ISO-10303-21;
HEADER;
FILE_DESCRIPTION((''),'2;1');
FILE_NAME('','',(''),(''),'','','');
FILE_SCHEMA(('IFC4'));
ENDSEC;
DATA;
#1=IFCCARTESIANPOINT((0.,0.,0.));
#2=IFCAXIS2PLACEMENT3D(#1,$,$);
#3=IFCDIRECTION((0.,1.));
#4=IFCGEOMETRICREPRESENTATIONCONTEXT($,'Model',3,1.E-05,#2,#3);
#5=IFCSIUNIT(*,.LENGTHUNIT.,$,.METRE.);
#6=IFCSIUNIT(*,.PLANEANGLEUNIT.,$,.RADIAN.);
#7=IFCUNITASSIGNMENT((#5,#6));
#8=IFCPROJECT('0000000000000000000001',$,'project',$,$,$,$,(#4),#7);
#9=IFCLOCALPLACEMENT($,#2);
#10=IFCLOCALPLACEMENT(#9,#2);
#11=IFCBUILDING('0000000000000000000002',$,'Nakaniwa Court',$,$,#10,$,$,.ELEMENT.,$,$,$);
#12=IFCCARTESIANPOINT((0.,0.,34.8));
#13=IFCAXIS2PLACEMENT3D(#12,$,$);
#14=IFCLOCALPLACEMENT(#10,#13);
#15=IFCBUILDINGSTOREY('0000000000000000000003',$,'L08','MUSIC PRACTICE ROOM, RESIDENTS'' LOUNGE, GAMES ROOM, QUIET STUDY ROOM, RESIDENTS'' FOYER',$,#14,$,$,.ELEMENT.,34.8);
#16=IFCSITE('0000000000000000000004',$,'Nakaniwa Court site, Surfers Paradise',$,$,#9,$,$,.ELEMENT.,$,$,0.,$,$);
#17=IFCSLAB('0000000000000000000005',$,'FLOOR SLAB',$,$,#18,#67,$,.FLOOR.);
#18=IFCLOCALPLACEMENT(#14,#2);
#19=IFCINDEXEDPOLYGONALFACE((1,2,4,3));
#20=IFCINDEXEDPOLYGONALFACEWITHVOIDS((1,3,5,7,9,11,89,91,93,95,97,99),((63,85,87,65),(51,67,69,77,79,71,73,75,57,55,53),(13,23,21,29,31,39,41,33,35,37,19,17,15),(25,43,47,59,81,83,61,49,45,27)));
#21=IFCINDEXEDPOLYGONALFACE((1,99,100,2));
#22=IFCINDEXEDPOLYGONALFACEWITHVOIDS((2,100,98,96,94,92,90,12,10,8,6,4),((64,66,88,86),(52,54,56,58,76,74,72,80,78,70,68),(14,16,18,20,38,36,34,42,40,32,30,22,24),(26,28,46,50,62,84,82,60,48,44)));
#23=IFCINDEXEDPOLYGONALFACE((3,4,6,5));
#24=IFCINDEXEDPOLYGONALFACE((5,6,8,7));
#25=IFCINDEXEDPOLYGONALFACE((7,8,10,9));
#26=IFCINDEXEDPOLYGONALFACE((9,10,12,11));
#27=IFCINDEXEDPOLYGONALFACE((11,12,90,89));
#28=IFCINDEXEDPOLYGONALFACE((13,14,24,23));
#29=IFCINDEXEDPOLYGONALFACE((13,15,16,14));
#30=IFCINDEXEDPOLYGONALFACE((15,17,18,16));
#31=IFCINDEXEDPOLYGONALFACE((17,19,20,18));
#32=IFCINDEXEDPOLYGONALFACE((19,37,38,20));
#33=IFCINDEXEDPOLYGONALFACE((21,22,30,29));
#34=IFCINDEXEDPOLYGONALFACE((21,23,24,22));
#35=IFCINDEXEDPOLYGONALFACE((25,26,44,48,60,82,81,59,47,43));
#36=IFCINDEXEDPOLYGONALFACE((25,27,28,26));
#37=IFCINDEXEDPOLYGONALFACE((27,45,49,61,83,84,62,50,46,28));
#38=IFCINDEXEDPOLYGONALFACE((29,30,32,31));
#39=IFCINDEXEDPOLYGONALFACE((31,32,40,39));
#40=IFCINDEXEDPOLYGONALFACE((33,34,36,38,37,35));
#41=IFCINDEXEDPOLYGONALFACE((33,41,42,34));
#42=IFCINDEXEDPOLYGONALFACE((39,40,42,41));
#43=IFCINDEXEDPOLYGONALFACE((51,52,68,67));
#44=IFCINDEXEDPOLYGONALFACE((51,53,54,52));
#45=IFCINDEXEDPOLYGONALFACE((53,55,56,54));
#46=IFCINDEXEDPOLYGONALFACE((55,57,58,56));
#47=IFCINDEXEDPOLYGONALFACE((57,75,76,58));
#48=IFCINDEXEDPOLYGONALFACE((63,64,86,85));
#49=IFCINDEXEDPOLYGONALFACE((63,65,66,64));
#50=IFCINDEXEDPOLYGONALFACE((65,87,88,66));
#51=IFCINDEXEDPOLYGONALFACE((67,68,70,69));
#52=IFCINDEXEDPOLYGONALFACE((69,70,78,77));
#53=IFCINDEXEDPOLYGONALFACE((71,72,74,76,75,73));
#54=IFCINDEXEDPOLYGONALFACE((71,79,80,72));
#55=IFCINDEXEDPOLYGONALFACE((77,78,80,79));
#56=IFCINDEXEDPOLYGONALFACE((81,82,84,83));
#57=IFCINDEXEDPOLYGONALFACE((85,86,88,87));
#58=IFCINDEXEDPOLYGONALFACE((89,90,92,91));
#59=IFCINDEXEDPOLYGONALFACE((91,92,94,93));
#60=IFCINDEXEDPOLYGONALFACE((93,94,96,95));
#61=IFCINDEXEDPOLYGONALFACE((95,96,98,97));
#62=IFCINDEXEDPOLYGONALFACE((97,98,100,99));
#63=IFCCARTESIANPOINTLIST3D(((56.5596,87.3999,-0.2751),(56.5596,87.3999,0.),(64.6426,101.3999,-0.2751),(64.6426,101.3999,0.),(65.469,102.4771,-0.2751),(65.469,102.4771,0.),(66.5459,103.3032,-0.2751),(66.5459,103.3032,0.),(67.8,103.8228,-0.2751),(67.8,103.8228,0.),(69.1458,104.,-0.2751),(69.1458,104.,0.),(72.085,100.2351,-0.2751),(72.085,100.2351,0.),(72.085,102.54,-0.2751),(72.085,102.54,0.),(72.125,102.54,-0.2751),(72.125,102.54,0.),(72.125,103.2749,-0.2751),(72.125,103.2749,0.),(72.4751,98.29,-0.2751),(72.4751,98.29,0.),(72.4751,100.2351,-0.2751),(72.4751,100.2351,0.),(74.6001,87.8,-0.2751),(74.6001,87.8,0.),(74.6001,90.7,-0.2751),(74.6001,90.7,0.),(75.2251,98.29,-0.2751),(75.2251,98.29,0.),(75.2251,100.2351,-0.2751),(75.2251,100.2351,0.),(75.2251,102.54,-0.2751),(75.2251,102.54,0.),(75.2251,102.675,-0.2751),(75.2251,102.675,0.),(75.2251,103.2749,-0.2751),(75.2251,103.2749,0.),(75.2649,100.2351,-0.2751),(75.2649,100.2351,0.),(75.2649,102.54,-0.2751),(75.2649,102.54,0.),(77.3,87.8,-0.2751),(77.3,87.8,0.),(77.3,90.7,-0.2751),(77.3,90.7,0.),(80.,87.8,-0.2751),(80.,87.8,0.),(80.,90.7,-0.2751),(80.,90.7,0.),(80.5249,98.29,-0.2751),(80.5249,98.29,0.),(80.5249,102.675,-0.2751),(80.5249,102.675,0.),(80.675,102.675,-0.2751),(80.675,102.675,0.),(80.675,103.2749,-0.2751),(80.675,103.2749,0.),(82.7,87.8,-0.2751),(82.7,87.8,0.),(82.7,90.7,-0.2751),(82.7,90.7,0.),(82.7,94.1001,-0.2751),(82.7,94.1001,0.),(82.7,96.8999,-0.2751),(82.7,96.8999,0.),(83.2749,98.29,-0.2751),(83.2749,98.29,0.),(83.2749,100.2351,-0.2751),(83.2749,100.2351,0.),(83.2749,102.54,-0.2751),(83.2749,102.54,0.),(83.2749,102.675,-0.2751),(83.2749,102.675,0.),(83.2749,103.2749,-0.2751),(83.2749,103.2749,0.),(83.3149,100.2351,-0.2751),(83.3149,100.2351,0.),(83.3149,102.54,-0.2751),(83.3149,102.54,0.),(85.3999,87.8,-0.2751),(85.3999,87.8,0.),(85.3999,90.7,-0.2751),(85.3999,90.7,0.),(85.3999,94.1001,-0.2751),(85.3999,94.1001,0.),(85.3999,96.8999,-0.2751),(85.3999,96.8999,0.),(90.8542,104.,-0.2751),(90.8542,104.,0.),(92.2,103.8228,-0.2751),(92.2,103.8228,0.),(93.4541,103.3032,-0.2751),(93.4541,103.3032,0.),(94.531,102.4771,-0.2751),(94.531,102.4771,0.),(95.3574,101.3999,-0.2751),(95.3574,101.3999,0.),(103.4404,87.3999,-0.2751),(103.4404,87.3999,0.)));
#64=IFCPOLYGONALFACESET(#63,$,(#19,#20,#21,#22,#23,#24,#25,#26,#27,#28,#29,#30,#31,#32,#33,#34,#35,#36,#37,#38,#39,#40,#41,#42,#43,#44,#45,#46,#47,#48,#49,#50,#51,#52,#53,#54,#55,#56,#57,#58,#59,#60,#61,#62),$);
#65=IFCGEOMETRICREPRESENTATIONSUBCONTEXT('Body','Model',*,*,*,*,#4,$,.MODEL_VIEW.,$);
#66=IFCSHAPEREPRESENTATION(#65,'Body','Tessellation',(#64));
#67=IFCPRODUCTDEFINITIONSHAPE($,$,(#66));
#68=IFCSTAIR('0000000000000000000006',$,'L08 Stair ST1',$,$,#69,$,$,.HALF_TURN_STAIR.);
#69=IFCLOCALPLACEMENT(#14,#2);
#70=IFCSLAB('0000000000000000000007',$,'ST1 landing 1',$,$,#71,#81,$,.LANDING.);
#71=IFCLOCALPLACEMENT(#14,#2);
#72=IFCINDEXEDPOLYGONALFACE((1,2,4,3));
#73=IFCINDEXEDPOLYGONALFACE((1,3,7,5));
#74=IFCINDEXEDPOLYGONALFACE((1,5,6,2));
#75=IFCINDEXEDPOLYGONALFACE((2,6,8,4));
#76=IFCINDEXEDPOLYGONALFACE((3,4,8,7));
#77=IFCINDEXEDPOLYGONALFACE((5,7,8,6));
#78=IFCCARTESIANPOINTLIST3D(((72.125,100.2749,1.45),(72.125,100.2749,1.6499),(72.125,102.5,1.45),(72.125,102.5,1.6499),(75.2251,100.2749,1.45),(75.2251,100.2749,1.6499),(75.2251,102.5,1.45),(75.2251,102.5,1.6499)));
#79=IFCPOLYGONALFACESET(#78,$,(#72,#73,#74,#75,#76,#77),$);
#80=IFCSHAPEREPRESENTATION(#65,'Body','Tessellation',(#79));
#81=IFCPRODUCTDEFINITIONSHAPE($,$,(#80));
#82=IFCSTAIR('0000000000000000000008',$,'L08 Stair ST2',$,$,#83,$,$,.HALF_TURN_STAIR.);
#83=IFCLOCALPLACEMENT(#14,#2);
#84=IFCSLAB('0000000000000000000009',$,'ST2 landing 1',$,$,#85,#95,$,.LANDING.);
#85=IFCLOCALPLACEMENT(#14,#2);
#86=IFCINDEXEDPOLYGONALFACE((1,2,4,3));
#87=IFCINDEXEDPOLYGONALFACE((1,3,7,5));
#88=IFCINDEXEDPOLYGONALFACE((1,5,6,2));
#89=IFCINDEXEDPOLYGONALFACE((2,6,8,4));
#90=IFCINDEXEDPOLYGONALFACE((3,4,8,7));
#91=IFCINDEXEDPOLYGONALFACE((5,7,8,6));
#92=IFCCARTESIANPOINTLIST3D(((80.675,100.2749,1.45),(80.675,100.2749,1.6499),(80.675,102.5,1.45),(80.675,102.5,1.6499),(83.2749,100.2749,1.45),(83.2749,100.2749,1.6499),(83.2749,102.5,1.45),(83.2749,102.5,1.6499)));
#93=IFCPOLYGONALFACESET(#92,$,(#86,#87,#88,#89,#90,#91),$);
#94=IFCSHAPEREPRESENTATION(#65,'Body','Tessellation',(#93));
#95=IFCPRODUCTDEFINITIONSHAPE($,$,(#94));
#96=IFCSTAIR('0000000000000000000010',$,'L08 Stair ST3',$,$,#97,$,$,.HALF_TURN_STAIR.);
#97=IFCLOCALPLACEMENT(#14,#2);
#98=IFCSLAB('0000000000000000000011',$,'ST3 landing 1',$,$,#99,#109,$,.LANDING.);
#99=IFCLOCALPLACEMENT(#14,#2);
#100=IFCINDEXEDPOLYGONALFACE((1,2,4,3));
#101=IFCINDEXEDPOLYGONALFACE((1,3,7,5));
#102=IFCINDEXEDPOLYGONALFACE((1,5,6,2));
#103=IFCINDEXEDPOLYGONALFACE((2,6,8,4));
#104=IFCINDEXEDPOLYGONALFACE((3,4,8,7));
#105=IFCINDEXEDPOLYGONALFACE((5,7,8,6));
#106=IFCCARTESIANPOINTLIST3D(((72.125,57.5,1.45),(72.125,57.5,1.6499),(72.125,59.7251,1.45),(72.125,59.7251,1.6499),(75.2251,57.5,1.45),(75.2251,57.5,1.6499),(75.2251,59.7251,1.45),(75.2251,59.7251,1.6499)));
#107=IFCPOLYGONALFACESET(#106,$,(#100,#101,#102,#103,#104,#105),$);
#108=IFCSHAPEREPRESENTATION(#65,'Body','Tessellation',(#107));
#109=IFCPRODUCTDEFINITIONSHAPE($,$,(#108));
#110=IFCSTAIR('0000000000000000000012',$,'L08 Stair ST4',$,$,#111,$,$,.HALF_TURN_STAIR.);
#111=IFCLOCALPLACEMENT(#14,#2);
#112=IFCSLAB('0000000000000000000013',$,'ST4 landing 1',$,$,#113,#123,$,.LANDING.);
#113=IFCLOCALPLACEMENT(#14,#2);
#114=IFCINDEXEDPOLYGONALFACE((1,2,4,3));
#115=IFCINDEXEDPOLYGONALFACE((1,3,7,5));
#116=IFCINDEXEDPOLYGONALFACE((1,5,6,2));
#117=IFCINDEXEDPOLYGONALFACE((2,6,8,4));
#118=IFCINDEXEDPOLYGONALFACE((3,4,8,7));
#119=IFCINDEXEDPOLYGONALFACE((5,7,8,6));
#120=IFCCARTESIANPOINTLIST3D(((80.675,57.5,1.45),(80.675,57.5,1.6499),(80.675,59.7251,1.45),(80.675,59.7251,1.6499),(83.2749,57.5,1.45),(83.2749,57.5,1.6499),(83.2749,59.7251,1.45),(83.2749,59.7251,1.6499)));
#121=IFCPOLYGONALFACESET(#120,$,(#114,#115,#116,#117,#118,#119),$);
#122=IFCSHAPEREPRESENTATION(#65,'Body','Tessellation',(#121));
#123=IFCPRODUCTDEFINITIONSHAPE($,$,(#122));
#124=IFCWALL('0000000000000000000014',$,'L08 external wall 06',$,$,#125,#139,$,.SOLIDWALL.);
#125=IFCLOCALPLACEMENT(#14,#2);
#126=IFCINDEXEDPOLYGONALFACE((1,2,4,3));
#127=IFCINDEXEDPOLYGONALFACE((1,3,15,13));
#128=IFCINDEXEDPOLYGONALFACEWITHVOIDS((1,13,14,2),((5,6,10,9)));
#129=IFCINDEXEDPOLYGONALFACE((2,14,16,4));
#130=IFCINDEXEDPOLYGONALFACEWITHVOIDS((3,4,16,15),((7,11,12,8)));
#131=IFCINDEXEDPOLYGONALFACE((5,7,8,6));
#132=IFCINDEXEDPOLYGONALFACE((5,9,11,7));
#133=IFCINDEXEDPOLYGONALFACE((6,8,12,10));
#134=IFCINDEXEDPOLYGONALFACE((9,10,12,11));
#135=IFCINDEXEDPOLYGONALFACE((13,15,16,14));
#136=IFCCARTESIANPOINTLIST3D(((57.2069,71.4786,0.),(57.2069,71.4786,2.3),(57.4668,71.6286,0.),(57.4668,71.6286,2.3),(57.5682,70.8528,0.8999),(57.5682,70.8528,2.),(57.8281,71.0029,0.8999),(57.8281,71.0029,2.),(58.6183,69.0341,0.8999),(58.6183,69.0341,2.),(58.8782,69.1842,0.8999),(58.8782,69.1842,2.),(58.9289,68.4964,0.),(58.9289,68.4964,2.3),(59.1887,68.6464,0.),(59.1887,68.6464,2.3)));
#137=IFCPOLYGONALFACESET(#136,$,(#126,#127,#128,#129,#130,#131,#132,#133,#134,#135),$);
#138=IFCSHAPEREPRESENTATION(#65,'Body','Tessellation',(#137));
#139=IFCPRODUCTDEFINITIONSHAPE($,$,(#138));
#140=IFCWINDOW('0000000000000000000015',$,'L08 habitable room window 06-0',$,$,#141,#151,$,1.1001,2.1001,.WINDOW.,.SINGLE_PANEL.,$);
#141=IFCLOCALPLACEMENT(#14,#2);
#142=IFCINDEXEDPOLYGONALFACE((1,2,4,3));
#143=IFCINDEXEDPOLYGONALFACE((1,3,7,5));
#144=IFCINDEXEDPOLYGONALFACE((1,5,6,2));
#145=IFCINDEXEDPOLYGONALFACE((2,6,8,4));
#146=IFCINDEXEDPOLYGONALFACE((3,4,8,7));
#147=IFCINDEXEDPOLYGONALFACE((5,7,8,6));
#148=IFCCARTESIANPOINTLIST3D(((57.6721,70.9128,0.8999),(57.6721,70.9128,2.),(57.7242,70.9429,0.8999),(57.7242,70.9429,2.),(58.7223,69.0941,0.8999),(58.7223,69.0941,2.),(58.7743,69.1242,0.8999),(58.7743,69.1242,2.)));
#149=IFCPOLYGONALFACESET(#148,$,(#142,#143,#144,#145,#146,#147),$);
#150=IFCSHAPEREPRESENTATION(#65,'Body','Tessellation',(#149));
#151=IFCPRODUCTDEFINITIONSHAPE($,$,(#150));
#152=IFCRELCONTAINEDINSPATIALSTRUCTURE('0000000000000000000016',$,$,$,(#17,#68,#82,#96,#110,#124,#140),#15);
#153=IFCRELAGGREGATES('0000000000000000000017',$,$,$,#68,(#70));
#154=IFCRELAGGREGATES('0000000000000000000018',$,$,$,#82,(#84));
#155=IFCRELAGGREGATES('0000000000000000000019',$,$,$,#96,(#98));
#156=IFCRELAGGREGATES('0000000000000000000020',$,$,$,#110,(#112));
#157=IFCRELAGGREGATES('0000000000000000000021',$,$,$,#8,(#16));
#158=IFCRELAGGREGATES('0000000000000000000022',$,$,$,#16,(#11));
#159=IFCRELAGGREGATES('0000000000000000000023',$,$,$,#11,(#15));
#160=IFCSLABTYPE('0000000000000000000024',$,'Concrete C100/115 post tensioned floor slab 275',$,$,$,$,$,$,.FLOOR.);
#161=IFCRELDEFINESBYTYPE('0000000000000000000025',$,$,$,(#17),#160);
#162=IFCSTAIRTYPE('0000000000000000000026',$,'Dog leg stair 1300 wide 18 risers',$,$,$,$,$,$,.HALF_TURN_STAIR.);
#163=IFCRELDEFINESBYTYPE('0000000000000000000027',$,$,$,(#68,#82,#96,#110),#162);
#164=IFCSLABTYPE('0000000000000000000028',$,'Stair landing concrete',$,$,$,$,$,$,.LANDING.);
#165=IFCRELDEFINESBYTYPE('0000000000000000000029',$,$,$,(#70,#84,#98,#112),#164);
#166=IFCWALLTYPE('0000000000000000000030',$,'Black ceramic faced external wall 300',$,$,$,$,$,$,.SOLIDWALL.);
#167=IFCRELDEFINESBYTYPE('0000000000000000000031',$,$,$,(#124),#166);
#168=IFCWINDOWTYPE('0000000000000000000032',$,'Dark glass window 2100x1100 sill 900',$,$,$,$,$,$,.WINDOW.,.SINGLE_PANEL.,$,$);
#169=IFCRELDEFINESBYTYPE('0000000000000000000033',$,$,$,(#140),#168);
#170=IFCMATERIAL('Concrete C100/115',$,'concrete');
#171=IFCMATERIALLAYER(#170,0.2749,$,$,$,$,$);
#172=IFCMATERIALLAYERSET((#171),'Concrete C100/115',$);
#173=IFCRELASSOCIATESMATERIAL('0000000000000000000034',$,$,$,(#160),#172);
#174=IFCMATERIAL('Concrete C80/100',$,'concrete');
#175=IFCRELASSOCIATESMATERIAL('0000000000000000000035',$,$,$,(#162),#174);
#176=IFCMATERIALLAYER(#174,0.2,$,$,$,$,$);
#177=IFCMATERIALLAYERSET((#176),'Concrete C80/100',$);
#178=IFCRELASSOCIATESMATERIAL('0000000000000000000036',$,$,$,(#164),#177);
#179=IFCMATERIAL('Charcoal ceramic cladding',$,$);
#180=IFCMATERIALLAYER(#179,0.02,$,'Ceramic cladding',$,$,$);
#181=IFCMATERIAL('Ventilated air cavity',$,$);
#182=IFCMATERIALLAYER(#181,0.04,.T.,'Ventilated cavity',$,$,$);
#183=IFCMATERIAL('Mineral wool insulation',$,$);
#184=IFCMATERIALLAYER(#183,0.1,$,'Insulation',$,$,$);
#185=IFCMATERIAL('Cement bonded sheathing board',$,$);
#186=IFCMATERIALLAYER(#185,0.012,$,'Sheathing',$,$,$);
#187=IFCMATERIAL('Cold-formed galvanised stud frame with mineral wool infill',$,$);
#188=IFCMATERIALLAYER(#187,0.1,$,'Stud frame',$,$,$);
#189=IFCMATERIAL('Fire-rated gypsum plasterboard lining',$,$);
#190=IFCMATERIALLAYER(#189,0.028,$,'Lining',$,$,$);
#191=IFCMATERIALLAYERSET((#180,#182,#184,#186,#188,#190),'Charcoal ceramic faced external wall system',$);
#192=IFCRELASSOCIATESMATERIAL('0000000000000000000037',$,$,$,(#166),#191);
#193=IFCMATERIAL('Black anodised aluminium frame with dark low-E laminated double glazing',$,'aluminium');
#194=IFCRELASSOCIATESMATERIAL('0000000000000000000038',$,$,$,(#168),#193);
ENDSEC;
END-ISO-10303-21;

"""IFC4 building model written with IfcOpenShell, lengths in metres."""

from ifc_helpers import new_model, si_unit, direction, frame, frame_2d, origin, place, context, subcontext, project, spatial, polyline, rectangle, outline, extrude, material, layer, layer_set, type_object, element, fill, aggregate, save


model = new_model("IFC4")

# Units and contexts
model_context = context("Model", 3, precision=1e-05, world=origin(), true_north=direction((0.0, 1.0)))
body_context = subcontext(model_context, "Body", "Model", "MODEL_VIEW")
ifc_project = project(units=[si_unit("LENGTHUNIT", "METRE"), si_unit("PLANEANGLEUNIT", "RADIAN")], contexts=[model_context])

# Site, building, storey
site_placement = place(None, origin())
site = spatial("IfcSite", under=ifc_project, at=site_placement, Name="Nakaniwa Court site, Surfers Paradise", CompositionType="ELEMENT", RefElevation=0.0)
building_placement = place(site_placement, origin())
building = spatial("IfcBuilding", under=site, at=building_placement, Name="Nakaniwa Court", CompositionType="ELEMENT")
storey_placement = place(building_placement, frame((0.0, 0.0, 34.8)))
storey = spatial("IfcBuildingStorey", under=building, at=storey_placement, Name="L08", Description="MUSIC PRACTICE ROOM, RESIDENTS' LOUNGE, GAMES ROOM, QUIET STUDY ROOM, RESIDENTS' FOYER", CompositionType="ELEMENT", Elevation=34.8)

# Shared definitions
ifc_material_1 = material(Name="Concrete C100/115", Category="concrete")

# Slab
ifc_layer_1 = layer(ifc_material_1, 0.2749)
ifc_layer_set_1 = layer_set([ifc_layer_1], Name="Concrete C100/115")
slab_type_1 = type_object("IfcSlabType", Name="Concrete C100/115 post tensioned floor slab 275", PredefinedType="FLOOR", material=ifc_layer_set_1)
slab_1_placement = place(storey_placement, frame((0.0, 0.0, -0.2751)))
element("IfcSlab", 1, at=slab_1_placement, inside=storey, type_object=slab_type_1, Name="FLOOR SLAB", PredefinedType="FLOOR", context=body_context, shape_type="SweptSolid", body=[
    extrude(outline(polyline([(64.6426, 101.3999), (56.5596, 87.3999), (103.4404, 87.3999), (95.3574, 101.3999), (94.531, 102.4771), (93.4541, 103.3032), (92.2, 103.8228), (90.8542, 104.0), (69.1458, 104.0), (67.8, 103.8228), (66.5459, 103.3032), (65.469, 102.4771), (64.6426, 101.3999)]), holes=[polyline([(74.6001, 87.8), (77.3, 87.8), (80.0, 87.8), (82.7, 87.8), (85.3999, 87.8), (85.3999, 90.7), (82.7, 90.7), (80.0, 90.7), (77.3, 90.7), (74.6001, 90.7), (74.6001, 87.8)]), polyline([(75.2251, 98.29), (75.2251, 100.2351), (75.2649, 100.2351), (75.2649, 102.54), (75.2251, 102.54), (75.2251, 102.675), (75.2251, 103.2749), (72.125, 103.2749), (72.125, 102.54), (72.085, 102.54), (72.085, 100.2351), (72.4751, 100.2351), (72.4751, 98.29), (75.2251, 98.29)]), polyline([(82.7, 94.1001), (85.3999, 94.1001), (85.3999, 96.8999), (82.7, 96.8999), (82.7, 94.1001)]), polyline([(80.5249, 98.29), (83.2749, 98.29), (83.2749, 100.2351), (83.3149, 100.2351), (83.3149, 102.54), (83.2749, 102.54), (83.2749, 102.675), (83.2749, 103.2749), (80.675, 103.2749), (80.675, 102.675), (80.5249, 102.675), (80.5249, 98.29)])]), origin(), (0.0, 0.0, 1.0), 0.2751),
])

# Stairs, slabs
ifc_material_2 = material(Name="Concrete C80/100", Category="concrete")
stair_type = type_object("IfcStairType", Name="Dog leg stair 1300 wide 18 risers", PredefinedType="HALF_TURN_STAIR", material=ifc_material_2)
stair_1_placement = place(storey_placement, origin())
stair_1 = element("IfcStair", 2, at=stair_1_placement, inside=storey, type_object=stair_type, Name="L08 Stair ST1", PredefinedType="HALF_TURN_STAIR")
ifc_layer_2 = layer(ifc_material_2, 0.2)
ifc_layer_set_2 = layer_set([ifc_layer_2], Name="Concrete C80/100")
slab_type_2 = type_object("IfcSlabType", Name="Stair landing concrete", PredefinedType="LANDING", material=ifc_layer_set_2)
slab_2_placement = place(storey_placement, frame((0.0, 0.0, 1.45)))
slab_2 = element("IfcSlab", 3, at=slab_2_placement, type_object=slab_type_2, Name="ST1 landing 1", PredefinedType="LANDING", context=body_context, shape_type="SweptSolid", body=[
    extrude(outline(polyline([(75.2251, 100.2749), (75.2251, 102.5), (72.125, 102.5), (72.125, 100.2749), (75.2251, 100.2749)])), origin(), (0.0, 0.0, 1.0), 0.2),
])
aggregate(stair_1, [slab_2])
stair_2_placement = place(storey_placement, origin())
stair_2 = element("IfcStair", 4, at=stair_2_placement, inside=storey, type_object=stair_type, Name="L08 Stair ST2", PredefinedType="HALF_TURN_STAIR")
slab_3_placement = place(storey_placement, frame((0.0, 0.0, 1.45)))
slab_3 = element("IfcSlab", 5, at=slab_3_placement, type_object=slab_type_2, Name="ST2 landing 1", PredefinedType="LANDING", context=body_context, shape_type="SweptSolid", body=[
    extrude(outline(polyline([(83.2749, 100.2749), (83.2749, 102.5), (80.675, 102.5), (80.675, 100.2749), (83.2749, 100.2749)])), origin(), (0.0, 0.0, 1.0), 0.2),
])
aggregate(stair_2, [slab_3])
stair_3_placement = place(storey_placement, origin())
stair_3 = element("IfcStair", 6, at=stair_3_placement, inside=storey, type_object=stair_type, Name="L08 Stair ST3", PredefinedType="HALF_TURN_STAIR")
slab_4_placement = place(storey_placement, frame((0.0, 0.0, 1.45)))
slab_4 = element("IfcSlab", 7, at=slab_4_placement, type_object=slab_type_2, Name="ST3 landing 1", PredefinedType="LANDING", context=body_context, shape_type="SweptSolid", body=[
    extrude(outline(polyline([(75.2251, 57.5), (75.2251, 59.7251), (72.125, 59.7251), (72.125, 57.5), (75.2251, 57.5)])), origin(), (0.0, 0.0, 1.0), 0.2),
])
aggregate(stair_3, [slab_4])
stair_4_placement = place(storey_placement, origin())
stair_4 = element("IfcStair", 8, at=stair_4_placement, inside=storey, type_object=stair_type, Name="L08 Stair ST4", PredefinedType="HALF_TURN_STAIR")
slab_5_placement = place(storey_placement, frame((0.0, 0.0, 1.45)))
slab_5 = element("IfcSlab", 9, at=slab_5_placement, type_object=slab_type_2, Name="ST4 landing 1", PredefinedType="LANDING", context=body_context, shape_type="SweptSolid", body=[
    extrude(outline(polyline([(83.2749, 57.5), (83.2749, 59.7251), (80.675, 59.7251), (80.675, 57.5), (83.2749, 57.5)])), origin(), (0.0, 0.0, 1.0), 0.2),
])
aggregate(stair_4, [slab_5])

# Wall, opening, window
ifc_material_3 = material(Name="Charcoal ceramic cladding")
ifc_layer_3 = layer(ifc_material_3, 0.02, Name="Ceramic cladding")
ifc_material_4 = material(Name="Ventilated air cavity")
ifc_layer_4 = layer(ifc_material_4, 0.04, ventilated=True, Name="Ventilated cavity")
ifc_material_5 = material(Name="Mineral wool insulation")
ifc_layer_5 = layer(ifc_material_5, 0.1, Name="Insulation")
ifc_material_6 = material(Name="Cement bonded sheathing board")
ifc_layer_6 = layer(ifc_material_6, 0.012, Name="Sheathing")
ifc_material_7 = material(Name="Cold-formed galvanised stud frame with mineral wool infill")
ifc_layer_7 = layer(ifc_material_7, 0.1, Name="Stud frame")
ifc_material_8 = material(Name="Fire-rated gypsum plasterboard lining")
ifc_layer_8 = layer(ifc_material_8, 0.028, Name="Lining")
ifc_layer_set_3 = layer_set([ifc_layer_3, ifc_layer_4, ifc_layer_5, ifc_layer_6, ifc_layer_7, ifc_layer_8], Name="Charcoal ceramic faced external wall system")
wall_type = type_object("IfcWallType", Name="Black ceramic faced external wall 300", PredefinedType="SOLIDWALL", material=ifc_layer_set_3)
wall_1_placement = place(storey_placement, frame((57.3369, 71.5535, 0.0), z_axis=(0.0, 0.0, 1.0), x_axis=(0.500035, -0.866005, 0.0)))
wall_1 = element("IfcWall", 10, at=wall_1_placement, inside=storey, type_object=wall_type, Name="L08 external wall 06", PredefinedType="SOLIDWALL", context=body_context, shape_type="SweptSolid", body=[
    extrude(rectangle(XDim=3.4436, YDim=0.3, at=frame_2d((1.7217, 0.0))), origin(), (0.0, 0.0, 1.0), 2.3),
])
opening_1_placement = place(wall_1_placement, frame((0.7224, 0.0, 0.8999)))
opening_1 = element("IfcOpeningElement", 11, at=opening_1_placement, cuts=wall_1, PredefinedType="OPENING", context=body_context, shape_type="SweptSolid", body=[
    extrude(rectangle(XDim=2.1001, YDim=1.1001, at=frame_2d((1.05, 0.55))), frame((0.0, 0.1599, 0.0), z_axis=(0.0, -1.0, 0.0), x_axis=(1.0, 0.0, 0.0)), (0.0, 0.0, 1.0), 0.3201),
])
ifc_material_9 = material(Name="Black anodised aluminium frame with dark low-E laminated double glazing", Category="aluminium")
window_type_1 = type_object("IfcWindowType", Name="Dark glass window 2100x1100 sill 900", PartitioningType="SINGLE_PANEL", PredefinedType="WINDOW", material=ifc_material_9)
window_1_placement = place(opening_1_placement, origin())
window_1 = element("IfcWindow", 12, at=window_1_placement, inside=storey, type_object=window_type_1, Name="L08 habitable room window 06-0", OverallHeight=1.1001, OverallWidth=2.1001, PartitioningType="SINGLE_PANEL", PredefinedType="WINDOW", context=body_context, shape_type="SweptSolid", body=[
    extrude(rectangle(XDim=2.1001, YDim=1.1001, at=frame_2d((1.05, 0.55))), frame((0.0, 0.03, 0.0), z_axis=(0.0, -1.0, 0.0), x_axis=(1.0, 0.0, 0.0)), (0.0, 0.0, 1.0), 0.0601),
])
fill(opening_1, window_1)

save(model, "model.ifc")
